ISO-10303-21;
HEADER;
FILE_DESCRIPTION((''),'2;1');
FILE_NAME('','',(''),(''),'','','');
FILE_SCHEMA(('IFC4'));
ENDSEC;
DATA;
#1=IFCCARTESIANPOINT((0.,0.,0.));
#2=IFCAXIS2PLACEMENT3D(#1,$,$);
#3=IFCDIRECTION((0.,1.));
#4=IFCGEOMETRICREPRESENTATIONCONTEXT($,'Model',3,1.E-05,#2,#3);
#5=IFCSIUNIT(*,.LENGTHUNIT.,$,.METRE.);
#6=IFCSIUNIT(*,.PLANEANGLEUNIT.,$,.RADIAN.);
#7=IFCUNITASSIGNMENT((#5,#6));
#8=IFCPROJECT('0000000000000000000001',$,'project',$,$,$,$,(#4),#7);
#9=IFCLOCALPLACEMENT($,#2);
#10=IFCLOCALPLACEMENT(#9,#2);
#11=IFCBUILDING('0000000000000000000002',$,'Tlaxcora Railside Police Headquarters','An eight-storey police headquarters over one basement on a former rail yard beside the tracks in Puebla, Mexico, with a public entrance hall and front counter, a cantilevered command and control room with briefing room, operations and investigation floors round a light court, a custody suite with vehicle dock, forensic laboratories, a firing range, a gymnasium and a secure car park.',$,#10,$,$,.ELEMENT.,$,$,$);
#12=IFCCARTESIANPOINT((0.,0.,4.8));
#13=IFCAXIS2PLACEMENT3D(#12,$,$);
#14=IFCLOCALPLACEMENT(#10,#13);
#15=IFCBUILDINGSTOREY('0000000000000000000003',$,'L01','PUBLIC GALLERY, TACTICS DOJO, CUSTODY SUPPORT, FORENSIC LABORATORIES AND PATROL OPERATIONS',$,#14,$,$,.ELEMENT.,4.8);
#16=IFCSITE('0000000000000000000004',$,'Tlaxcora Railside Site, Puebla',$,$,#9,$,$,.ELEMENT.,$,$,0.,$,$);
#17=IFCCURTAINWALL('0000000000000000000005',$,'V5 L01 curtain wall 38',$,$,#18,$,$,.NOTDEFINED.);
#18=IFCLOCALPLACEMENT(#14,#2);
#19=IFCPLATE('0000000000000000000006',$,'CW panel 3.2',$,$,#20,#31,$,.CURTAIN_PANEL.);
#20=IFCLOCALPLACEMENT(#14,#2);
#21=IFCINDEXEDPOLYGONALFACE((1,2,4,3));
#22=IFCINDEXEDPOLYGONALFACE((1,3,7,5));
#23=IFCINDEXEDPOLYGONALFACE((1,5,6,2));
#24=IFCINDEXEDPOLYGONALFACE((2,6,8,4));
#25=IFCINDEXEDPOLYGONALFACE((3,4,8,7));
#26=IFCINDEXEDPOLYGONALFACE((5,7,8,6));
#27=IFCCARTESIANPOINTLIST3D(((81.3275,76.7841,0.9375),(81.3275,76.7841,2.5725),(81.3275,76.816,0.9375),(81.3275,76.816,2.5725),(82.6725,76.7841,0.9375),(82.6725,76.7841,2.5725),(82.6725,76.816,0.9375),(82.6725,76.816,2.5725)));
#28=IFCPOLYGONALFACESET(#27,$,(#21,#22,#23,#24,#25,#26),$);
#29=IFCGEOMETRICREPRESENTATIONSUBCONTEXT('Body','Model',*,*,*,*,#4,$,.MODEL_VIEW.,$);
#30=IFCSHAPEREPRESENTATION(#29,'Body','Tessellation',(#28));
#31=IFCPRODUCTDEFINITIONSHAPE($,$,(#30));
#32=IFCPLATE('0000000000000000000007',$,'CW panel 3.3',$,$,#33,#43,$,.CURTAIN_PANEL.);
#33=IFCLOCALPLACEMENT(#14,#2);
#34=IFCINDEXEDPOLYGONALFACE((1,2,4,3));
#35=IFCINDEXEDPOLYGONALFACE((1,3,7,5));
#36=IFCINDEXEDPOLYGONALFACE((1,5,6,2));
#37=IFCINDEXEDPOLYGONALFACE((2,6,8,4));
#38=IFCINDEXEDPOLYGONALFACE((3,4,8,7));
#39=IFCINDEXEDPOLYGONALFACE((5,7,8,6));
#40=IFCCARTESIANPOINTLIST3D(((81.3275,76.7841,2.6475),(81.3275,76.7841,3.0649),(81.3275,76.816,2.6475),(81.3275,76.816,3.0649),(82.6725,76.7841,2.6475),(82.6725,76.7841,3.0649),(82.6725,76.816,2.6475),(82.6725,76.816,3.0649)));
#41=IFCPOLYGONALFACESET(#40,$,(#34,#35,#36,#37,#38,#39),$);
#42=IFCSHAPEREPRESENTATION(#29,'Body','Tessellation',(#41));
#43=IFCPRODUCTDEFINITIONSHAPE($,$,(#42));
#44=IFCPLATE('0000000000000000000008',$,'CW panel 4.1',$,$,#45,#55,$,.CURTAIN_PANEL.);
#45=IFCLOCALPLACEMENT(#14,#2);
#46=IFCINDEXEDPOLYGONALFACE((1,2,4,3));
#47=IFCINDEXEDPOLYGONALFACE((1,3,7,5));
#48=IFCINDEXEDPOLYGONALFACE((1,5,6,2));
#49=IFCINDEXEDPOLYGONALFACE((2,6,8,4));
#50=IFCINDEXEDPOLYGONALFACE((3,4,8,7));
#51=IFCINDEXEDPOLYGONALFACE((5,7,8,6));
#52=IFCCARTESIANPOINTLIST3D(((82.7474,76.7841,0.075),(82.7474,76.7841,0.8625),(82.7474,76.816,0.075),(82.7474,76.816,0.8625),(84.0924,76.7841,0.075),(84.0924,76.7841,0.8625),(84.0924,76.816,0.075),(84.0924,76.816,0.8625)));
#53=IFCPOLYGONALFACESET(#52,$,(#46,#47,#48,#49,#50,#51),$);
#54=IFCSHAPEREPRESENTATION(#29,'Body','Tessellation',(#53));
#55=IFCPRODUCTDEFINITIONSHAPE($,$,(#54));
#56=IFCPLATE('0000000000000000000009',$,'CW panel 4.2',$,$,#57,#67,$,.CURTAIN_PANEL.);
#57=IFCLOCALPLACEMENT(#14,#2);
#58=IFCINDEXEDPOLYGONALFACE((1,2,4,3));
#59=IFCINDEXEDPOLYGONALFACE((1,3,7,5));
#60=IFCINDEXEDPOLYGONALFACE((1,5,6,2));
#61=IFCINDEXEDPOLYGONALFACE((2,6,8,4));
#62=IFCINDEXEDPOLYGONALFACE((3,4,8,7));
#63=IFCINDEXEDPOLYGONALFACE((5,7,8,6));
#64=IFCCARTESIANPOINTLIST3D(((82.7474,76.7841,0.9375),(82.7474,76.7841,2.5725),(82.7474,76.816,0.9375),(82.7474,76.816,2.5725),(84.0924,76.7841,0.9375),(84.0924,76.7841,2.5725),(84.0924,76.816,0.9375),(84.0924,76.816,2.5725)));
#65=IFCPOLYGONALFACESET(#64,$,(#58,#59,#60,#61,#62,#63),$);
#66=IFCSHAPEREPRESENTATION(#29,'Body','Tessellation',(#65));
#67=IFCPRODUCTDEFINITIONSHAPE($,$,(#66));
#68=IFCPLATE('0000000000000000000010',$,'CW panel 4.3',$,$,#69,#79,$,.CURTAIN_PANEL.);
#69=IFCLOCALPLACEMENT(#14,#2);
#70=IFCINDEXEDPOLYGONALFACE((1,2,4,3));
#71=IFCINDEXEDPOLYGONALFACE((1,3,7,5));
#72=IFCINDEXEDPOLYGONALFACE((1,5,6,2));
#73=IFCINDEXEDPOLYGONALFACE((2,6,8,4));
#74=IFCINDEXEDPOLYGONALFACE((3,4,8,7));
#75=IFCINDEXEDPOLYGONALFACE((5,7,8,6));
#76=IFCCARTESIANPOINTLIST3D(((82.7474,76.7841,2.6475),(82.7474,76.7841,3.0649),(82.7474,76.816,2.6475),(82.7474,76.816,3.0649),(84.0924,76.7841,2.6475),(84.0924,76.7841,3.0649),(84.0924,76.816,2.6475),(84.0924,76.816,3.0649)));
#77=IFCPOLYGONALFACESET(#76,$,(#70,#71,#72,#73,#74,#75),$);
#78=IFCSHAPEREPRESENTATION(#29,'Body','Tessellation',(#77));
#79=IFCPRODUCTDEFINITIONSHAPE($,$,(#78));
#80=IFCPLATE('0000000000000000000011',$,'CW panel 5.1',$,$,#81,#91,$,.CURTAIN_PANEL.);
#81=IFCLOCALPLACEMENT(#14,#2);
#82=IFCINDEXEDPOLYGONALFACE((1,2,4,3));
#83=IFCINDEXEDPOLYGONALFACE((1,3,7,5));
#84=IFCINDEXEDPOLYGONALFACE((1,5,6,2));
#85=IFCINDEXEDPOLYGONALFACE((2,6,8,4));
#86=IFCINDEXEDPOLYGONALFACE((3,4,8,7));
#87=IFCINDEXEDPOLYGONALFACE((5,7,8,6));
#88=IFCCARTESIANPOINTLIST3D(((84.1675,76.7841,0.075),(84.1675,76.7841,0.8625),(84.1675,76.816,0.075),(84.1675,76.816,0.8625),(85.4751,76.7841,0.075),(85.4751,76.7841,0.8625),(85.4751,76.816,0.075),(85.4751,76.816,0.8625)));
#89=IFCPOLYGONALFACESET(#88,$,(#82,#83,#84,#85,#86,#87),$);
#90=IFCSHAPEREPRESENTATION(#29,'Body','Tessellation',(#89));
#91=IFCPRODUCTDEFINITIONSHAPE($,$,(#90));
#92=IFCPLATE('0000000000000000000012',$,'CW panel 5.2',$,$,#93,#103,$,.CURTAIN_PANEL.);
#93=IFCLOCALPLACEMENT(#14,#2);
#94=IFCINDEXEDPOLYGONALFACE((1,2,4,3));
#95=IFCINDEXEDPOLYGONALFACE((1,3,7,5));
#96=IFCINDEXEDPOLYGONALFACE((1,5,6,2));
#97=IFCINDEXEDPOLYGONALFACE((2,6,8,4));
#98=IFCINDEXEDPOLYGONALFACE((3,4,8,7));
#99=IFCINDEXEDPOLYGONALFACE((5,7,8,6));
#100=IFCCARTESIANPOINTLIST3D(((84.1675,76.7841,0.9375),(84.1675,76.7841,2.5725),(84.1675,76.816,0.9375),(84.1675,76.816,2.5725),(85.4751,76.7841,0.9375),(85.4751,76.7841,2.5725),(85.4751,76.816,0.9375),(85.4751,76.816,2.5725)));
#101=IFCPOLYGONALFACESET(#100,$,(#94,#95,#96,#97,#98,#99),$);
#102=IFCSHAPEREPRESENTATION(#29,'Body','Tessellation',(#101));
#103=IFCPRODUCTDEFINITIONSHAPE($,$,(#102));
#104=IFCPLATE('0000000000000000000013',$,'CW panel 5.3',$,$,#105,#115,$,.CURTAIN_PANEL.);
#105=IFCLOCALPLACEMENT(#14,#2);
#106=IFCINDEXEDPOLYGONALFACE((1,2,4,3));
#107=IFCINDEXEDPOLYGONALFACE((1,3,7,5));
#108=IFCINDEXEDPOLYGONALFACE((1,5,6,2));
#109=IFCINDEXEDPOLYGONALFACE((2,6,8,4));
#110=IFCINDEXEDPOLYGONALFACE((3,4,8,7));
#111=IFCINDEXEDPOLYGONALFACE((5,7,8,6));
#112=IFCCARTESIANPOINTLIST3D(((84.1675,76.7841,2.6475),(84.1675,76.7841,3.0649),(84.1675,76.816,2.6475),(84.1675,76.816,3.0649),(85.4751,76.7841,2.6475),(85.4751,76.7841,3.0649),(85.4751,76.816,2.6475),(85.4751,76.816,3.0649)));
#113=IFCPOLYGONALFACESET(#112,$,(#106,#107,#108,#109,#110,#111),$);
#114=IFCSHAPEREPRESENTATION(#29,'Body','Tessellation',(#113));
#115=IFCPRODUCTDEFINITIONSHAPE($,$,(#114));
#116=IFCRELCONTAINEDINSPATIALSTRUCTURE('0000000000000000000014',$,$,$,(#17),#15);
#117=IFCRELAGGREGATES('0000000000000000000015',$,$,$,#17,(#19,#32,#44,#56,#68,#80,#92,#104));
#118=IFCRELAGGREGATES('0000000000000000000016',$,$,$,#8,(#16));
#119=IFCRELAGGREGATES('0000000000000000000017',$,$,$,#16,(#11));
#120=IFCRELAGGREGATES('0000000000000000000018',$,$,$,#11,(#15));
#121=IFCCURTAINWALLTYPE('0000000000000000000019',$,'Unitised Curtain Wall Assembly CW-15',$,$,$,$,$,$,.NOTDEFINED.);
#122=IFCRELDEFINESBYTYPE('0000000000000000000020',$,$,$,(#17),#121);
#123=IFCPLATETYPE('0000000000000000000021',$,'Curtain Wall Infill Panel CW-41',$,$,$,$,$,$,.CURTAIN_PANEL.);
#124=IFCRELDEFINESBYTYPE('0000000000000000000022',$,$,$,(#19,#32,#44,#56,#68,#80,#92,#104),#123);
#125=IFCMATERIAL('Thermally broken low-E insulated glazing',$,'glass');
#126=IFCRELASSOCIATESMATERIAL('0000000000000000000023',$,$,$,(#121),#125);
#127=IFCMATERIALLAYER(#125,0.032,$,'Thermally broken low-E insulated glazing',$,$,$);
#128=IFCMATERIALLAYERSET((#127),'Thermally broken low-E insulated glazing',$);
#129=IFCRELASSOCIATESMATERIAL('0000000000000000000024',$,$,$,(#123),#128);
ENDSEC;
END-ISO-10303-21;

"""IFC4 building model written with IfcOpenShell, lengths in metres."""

from ifc_helpers import new_model, si_unit, direction, frame, origin, origin_2d, place, context, subcontext, project, spatial, rectangle, extrude, material, layer, layer_set, type_object, element, aggregate, save


model = new_model("IFC4")

# Units and contexts
model_context = context("Model", 3, precision=1e-05, world=origin(), true_north=direction((0.0, 1.0)))
body_context = subcontext(model_context, "Body", "Model", "MODEL_VIEW")
ifc_project = project(units=[si_unit("LENGTHUNIT", "METRE"), si_unit("PLANEANGLEUNIT", "RADIAN")], contexts=[model_context])

# Site, building, storey
site_placement = place(None, origin())
site = spatial("IfcSite", under=ifc_project, at=site_placement, Name="Tlaxcora Railside Site, Puebla", CompositionType="ELEMENT", RefElevation=0.0)
building_placement = place(site_placement, origin())
building = spatial("IfcBuilding", under=site, at=building_placement, Name="Tlaxcora Railside Police Headquarters", Description="An eight-storey police headquarters over one basement on a former rail yard beside the tracks in Puebla, Mexico, with a public entrance hall and front counter, a cantilevered command and control room with briefing room, operations and investigation floors round a light court, a custody suite with vehicle dock, forensic laboratories, a firing range, a gymnasium and a secure car park.", CompositionType="ELEMENT")
storey_placement = place(building_placement, frame((0.0, 0.0, 4.8)))
storey = spatial("IfcBuildingStorey", under=building, at=storey_placement, Name="L01", Description="PUBLIC GALLERY, TACTICS DOJO, CUSTODY SUPPORT, FORENSIC LABORATORIES AND PATROL OPERATIONS", CompositionType="ELEMENT", Elevation=4.8)

# Curtain wall, plates
ifc_material_1 = material(Name="Thermally broken low-E insulated glazing", Category="glass")
curtain_wall_type = type_object("IfcCurtainWallType", Name="Unitised Curtain Wall Assembly CW-15", PredefinedType="NOTDEFINED", material=ifc_material_1)
curtain_wall_placement = place(storey_placement, origin())
curtain_wall = element("IfcCurtainWall", 1, at=curtain_wall_placement, inside=storey, type_object=curtain_wall_type, Name="V5 L01 curtain wall 38", PredefinedType="NOTDEFINED")
ifc_layer = layer(ifc_material_1, 0.032, Name="Thermally broken low-E insulated glazing")
ifc_layer_set = layer_set([ifc_layer], Name="Thermally broken low-E insulated glazing")
plate_type = type_object("IfcPlateType", Name="Curtain Wall Infill Panel CW-41", PredefinedType="CURTAIN_PANEL", material=ifc_layer_set)
plate_1_placement = place(storey_placement, frame((82.0, 76.8, 0.9375), z_axis=(0.0, 0.0, 1.0), x_axis=(1.0, 0.0, 0.0)))
plate_1 = element("IfcPlate", 2, at=plate_1_placement, type_object=plate_type, Name="CW panel 3.2", PredefinedType="CURTAIN_PANEL", context=body_context, shape_type="SweptSolid", body=[
    extrude(rectangle(XDim=1.345, YDim=0.032, at=origin_2d()), origin(), (0.0, 0.0, 1.0), 1.635),
])
plate_2_placement = place(storey_placement, frame((82.0, 76.8, 2.6475), z_axis=(0.0, 0.0, 1.0), x_axis=(1.0, 0.0, 0.0)))
plate_2 = element("IfcPlate", 3, at=plate_2_placement, type_object=plate_type, Name="CW panel 3.3", PredefinedType="CURTAIN_PANEL", context=body_context, shape_type="SweptSolid", body=[
    extrude(rectangle(XDim=1.345, YDim=0.032, at=origin_2d()), origin(), (0.0, 0.0, 1.0), 0.4175),
])
plate_3_placement = place(storey_placement, frame((83.4199, 76.8, 0.075), z_axis=(0.0, 0.0, 1.0), x_axis=(1.0, 0.0, 0.0)))
plate_3 = element("IfcPlate", 4, at=plate_3_placement, type_object=plate_type, Name="CW panel 4.1", PredefinedType="CURTAIN_PANEL", context=body_context, shape_type="SweptSolid", body=[
    extrude(rectangle(XDim=1.345, YDim=0.032, at=origin_2d()), origin(), (0.0, 0.0, 1.0), 0.7876),
])
plate_4_placement = place(storey_placement, frame((83.4199, 76.8, 0.9375), z_axis=(0.0, 0.0, 1.0), x_axis=(1.0, 0.0, 0.0)))
plate_4 = element("IfcPlate", 5, at=plate_4_placement, type_object=plate_type, Name="CW panel 4.2", PredefinedType="CURTAIN_PANEL", context=body_context, shape_type="SweptSolid", body=[
    extrude(rectangle(XDim=1.345, YDim=0.032, at=origin_2d()), origin(), (0.0, 0.0, 1.0), 1.635),
])
plate_5_placement = place(storey_placement, frame((83.4199, 76.8, 2.6475), z_axis=(0.0, 0.0, 1.0), x_axis=(1.0, 0.0, 0.0)))
plate_5 = element("IfcPlate", 6, at=plate_5_placement, type_object=plate_type, Name="CW panel 4.3", PredefinedType="CURTAIN_PANEL", context=body_context, shape_type="SweptSolid", body=[
    extrude(rectangle(XDim=1.345, YDim=0.032, at=origin_2d()), origin(), (0.0, 0.0, 1.0), 0.4175),
])
plate_6_placement = place(storey_placement, frame((84.8213, 76.8, 0.075), z_axis=(0.0, 0.0, 1.0), x_axis=(1.0, 0.0, 0.0)))
plate_6 = element("IfcPlate", 7, at=plate_6_placement, type_object=plate_type, Name="CW panel 5.1", PredefinedType="CURTAIN_PANEL", context=body_context, shape_type="SweptSolid", body=[
    extrude(rectangle(XDim=1.3076, YDim=0.032, at=origin_2d()), origin(), (0.0, 0.0, 1.0), 0.7876),
])
plate_7_placement = place(storey_placement, frame((84.8213, 76.8, 0.9375), z_axis=(0.0, 0.0, 1.0), x_axis=(1.0, 0.0, 0.0)))
plate_7 = element("IfcPlate", 8, at=plate_7_placement, type_object=plate_type, Name="CW panel 5.2", PredefinedType="CURTAIN_PANEL", context=body_context, shape_type="SweptSolid", body=[
    extrude(rectangle(XDim=1.3076, YDim=0.032, at=origin_2d()), origin(), (0.0, 0.0, 1.0), 1.635),
])
plate_8_placement = place(storey_placement, frame((84.8213, 76.8, 2.6475), z_axis=(0.0, 0.0, 1.0), x_axis=(1.0, 0.0, 0.0)))
plate_8 = element("IfcPlate", 9, at=plate_8_placement, type_object=plate_type, Name="CW panel 5.3", PredefinedType="CURTAIN_PANEL", context=body_context, shape_type="SweptSolid", body=[
    extrude(rectangle(XDim=1.3076, YDim=0.032, at=origin_2d()), origin(), (0.0, 0.0, 1.0), 0.4175),
])
aggregate(curtain_wall, [plate_1, plate_2, plate_3, plate_4, plate_5, plate_6, plate_7, plate_8])

save(model, "model.ifc")
